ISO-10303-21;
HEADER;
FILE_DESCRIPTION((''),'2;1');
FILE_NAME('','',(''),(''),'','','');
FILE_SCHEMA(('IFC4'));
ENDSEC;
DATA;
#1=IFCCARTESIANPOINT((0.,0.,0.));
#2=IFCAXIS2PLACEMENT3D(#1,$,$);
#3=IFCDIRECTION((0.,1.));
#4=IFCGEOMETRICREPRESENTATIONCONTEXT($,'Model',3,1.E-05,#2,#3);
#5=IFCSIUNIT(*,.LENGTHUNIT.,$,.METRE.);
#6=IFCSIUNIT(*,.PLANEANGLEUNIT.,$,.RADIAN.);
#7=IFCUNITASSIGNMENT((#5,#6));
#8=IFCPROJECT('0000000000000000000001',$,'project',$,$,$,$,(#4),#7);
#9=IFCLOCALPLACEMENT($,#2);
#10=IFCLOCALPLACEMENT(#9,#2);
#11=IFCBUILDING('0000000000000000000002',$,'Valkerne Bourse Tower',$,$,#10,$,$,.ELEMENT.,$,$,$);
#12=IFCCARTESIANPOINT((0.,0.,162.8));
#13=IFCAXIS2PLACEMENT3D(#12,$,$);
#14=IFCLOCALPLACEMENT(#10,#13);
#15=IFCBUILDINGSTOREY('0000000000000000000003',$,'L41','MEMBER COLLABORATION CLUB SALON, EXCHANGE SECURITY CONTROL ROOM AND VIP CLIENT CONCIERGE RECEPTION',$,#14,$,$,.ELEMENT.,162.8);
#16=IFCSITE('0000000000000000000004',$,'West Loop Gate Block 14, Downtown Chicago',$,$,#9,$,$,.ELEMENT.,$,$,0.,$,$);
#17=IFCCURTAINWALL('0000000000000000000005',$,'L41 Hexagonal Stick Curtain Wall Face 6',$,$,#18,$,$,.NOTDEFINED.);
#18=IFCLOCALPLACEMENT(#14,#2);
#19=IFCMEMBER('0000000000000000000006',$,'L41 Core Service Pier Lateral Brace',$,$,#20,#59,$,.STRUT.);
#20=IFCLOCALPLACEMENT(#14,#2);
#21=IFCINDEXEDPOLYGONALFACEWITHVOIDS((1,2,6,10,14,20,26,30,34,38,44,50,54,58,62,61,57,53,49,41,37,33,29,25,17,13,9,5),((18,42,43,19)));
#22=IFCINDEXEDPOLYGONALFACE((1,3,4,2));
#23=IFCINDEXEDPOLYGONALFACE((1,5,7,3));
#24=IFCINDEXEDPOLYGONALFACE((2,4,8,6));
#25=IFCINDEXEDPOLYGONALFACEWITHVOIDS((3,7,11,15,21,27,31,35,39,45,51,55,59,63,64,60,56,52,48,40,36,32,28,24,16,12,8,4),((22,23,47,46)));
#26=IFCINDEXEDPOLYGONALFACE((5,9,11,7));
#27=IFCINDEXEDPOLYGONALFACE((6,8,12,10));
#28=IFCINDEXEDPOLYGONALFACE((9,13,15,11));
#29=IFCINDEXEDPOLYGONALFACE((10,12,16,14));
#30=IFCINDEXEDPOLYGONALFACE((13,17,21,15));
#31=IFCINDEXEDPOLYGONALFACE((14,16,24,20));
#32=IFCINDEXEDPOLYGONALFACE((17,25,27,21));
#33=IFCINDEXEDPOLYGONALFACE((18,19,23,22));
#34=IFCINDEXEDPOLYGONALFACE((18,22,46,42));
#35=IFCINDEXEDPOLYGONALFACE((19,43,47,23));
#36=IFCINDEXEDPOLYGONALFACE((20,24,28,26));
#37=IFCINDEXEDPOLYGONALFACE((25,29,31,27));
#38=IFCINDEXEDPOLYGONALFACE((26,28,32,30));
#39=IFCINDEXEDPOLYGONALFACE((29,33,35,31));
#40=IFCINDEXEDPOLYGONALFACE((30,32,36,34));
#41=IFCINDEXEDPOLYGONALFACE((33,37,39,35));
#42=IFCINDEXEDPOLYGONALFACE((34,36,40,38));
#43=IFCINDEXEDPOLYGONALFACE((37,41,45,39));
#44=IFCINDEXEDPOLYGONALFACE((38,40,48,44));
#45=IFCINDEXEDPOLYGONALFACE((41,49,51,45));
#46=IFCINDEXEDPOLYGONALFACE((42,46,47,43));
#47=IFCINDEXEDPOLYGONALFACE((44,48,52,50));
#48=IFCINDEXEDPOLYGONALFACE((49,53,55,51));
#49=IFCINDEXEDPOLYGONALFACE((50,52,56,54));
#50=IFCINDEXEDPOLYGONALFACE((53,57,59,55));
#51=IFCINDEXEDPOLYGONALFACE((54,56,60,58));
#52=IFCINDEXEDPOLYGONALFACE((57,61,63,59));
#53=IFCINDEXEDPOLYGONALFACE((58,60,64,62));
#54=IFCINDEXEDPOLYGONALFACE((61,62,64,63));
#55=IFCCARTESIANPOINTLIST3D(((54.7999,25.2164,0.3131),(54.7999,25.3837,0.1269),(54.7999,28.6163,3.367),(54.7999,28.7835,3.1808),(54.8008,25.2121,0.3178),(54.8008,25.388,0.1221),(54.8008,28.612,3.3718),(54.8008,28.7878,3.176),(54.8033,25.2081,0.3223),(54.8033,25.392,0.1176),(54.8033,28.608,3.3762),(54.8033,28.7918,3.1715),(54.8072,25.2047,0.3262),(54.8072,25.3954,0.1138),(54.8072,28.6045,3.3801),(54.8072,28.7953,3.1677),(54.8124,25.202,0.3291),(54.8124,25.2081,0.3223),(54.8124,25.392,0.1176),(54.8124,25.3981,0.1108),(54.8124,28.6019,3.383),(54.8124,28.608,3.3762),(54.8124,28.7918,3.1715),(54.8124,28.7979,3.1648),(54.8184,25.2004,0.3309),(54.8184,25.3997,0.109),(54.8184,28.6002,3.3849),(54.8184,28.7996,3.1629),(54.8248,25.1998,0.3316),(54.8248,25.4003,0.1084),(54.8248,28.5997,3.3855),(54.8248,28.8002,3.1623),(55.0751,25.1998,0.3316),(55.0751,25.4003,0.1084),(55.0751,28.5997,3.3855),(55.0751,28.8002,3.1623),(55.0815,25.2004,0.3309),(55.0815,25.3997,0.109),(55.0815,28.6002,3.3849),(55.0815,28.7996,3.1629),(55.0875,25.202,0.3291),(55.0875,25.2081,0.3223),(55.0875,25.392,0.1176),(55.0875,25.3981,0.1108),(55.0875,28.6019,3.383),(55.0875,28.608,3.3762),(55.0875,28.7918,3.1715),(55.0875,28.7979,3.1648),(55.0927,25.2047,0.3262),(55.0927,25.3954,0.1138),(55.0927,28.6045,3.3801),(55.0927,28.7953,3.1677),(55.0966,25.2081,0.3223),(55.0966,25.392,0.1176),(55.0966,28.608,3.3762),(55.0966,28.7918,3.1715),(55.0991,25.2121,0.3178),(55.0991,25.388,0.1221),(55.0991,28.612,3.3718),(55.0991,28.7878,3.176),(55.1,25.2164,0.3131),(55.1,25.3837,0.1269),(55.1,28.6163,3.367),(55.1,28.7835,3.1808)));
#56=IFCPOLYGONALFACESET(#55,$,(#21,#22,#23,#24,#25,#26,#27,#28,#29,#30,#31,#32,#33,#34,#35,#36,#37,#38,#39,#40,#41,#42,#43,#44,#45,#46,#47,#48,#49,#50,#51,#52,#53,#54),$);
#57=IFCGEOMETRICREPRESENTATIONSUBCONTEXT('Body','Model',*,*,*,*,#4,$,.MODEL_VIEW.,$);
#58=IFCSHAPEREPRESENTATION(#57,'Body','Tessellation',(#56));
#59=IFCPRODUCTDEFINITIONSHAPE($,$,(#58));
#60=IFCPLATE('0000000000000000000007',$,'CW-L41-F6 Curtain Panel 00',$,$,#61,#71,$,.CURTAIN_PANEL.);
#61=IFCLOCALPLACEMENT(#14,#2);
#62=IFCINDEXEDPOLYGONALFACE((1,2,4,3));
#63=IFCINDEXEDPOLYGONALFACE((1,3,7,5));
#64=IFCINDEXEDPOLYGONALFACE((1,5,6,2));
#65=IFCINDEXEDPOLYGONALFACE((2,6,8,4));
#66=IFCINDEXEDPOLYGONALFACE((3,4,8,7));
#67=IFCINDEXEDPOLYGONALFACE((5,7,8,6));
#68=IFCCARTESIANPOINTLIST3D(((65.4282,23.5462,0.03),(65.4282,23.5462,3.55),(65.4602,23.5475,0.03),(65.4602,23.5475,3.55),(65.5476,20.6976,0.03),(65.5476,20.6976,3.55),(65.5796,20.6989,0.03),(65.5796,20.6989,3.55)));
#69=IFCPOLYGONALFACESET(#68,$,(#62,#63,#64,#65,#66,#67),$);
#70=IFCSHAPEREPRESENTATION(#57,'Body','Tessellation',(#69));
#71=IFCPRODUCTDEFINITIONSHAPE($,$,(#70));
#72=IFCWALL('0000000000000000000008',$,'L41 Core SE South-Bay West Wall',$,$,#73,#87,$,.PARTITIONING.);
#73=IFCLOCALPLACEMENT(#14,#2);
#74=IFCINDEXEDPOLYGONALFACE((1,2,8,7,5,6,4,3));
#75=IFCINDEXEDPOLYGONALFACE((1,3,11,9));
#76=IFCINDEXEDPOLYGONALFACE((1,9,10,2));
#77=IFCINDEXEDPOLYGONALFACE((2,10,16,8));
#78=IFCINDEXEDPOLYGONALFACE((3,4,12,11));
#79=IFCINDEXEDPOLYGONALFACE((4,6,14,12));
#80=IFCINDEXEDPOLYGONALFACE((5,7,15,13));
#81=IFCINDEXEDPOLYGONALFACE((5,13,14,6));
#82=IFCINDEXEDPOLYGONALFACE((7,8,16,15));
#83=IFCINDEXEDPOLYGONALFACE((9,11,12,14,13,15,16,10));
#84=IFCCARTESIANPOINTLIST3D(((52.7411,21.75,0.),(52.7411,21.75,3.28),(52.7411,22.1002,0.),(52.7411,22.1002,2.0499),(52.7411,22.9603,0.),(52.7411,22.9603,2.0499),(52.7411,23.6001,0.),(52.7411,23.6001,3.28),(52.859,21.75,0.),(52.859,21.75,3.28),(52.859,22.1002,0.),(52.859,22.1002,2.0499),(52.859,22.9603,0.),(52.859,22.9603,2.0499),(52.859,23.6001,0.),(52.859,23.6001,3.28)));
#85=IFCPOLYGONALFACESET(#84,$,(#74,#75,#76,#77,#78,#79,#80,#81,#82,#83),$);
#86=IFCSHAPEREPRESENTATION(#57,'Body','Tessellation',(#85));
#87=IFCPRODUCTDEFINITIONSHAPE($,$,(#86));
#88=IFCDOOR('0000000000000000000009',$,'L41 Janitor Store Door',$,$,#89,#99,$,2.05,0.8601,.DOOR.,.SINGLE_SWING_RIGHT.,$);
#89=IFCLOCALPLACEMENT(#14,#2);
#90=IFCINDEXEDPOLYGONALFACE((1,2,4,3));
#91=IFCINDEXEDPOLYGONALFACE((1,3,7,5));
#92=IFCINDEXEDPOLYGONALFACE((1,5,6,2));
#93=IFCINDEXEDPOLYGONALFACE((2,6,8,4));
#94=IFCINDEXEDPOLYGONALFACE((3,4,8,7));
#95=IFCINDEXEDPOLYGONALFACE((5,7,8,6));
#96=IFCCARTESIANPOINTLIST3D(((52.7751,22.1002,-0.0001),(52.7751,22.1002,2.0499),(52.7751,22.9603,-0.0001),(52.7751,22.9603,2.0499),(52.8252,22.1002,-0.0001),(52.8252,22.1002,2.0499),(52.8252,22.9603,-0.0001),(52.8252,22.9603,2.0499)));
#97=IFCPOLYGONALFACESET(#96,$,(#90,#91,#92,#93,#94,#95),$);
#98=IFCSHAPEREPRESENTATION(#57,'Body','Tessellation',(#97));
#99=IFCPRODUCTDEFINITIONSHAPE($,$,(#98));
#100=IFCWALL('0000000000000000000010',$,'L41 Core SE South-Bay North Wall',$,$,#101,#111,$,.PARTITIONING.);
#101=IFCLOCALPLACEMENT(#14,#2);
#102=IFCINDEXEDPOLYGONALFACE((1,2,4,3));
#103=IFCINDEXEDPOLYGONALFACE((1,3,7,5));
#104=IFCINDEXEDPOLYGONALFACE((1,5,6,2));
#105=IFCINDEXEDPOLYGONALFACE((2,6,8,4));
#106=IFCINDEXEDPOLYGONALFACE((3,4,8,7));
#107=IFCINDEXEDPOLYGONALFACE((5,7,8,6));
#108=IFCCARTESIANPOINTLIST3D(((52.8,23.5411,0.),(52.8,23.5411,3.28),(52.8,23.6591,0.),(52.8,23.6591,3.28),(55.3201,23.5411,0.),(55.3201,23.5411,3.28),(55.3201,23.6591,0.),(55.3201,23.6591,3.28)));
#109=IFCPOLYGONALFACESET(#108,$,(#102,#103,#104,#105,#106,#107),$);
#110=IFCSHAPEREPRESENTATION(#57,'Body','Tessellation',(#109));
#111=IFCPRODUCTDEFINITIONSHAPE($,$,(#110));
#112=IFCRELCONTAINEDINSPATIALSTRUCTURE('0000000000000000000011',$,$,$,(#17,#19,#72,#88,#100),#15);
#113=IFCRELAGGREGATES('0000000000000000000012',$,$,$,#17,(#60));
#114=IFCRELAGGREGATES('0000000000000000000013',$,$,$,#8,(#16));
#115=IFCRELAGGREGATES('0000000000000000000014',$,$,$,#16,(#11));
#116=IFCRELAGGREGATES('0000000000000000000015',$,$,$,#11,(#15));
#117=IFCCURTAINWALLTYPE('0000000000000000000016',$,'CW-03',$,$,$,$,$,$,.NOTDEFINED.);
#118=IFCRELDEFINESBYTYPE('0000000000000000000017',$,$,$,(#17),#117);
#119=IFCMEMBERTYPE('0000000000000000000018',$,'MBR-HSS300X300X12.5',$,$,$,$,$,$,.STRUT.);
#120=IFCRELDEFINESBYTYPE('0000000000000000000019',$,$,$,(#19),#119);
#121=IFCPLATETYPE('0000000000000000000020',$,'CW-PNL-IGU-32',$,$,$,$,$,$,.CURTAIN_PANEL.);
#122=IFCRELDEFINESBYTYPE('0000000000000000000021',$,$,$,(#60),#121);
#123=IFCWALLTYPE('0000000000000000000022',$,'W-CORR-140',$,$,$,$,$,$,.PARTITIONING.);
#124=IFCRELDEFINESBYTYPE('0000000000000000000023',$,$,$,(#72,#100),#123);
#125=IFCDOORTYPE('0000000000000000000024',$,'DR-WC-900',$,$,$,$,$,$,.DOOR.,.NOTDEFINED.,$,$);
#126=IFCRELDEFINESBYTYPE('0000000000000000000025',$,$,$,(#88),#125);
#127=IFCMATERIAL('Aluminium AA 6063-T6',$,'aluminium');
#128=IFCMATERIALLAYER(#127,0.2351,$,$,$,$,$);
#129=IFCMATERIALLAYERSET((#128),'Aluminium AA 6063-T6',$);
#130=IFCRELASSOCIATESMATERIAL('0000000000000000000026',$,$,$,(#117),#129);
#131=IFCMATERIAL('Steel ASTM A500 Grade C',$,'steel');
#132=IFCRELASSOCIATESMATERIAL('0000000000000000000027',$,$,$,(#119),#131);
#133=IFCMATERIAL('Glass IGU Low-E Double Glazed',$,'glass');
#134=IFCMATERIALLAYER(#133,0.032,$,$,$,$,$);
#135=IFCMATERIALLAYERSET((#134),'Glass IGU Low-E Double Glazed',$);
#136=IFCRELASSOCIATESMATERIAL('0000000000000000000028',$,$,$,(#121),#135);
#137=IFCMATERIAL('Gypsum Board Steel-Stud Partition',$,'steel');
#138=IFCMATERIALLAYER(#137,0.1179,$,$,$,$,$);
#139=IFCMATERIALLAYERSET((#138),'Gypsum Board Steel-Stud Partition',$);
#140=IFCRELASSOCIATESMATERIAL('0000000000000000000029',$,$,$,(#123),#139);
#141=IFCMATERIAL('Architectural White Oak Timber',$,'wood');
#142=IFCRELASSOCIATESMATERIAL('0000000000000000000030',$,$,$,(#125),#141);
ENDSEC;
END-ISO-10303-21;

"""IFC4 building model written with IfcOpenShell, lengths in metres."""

from ifc_helpers import new_model, si_unit, direction, frame, frame_2d, origin, origin_2d, place, context, subcontext, project, spatial, rectangle, hollow_rectangle, extrude, material, layer, layer_set, material_profile, profile_set, type_object, element, fill, aggregate, save


model = new_model("IFC4")

# Units and contexts
model_context = context("Model", 3, precision=1e-05, world=origin(), true_north=direction((0.0, 1.0)))
body_context = subcontext(model_context, "Body", "Model", "MODEL_VIEW")
ifc_project = project(units=[si_unit("LENGTHUNIT", "METRE"), si_unit("PLANEANGLEUNIT", "RADIAN")], contexts=[model_context])

# Site, building, storey
site_placement = place(None, origin())
site = spatial("IfcSite", under=ifc_project, at=site_placement, Name="West Loop Gate Block 14, Downtown Chicago", CompositionType="ELEMENT", RefElevation=0.0)
building_placement = place(site_placement, origin())
building = spatial("IfcBuilding", under=site, at=building_placement, Name="Valkerne Bourse Tower", CompositionType="ELEMENT")
storey_placement = place(building_placement, frame((0.0, 0.0, 162.8)))
storey = spatial("IfcBuildingStorey", under=building, at=storey_placement, Name="L41", Description="MEMBER COLLABORATION CLUB SALON, EXCHANGE SECURITY CONTROL ROOM AND VIP CLIENT CONCIERGE RECEPTION", CompositionType="ELEMENT", Elevation=162.8)

# Curtain wall
ifc_material_1 = material(Name="Aluminium AA 6063-T6", Category="aluminium")
ifc_layer_1 = layer(ifc_material_1, 0.2351)
ifc_layer_set_1 = layer_set([ifc_layer_1], Name="Aluminium AA 6063-T6")
curtain_wall_type = type_object("IfcCurtainWallType", Name="CW-03", PredefinedType="NOTDEFINED", material=ifc_layer_set_1)
curtain_wall_placement = place(storey_placement, origin())
curtain_wall = element("IfcCurtainWall", 1, at=curtain_wall_placement, inside=storey, type_object=curtain_wall_type, Name="L41 Hexagonal Stick Curtain Wall Face 6", PredefinedType="NOTDEFINED")

# Member
ifc_material_2 = material(Name="Steel ASTM A500 Grade C", Category="steel")
ifc_material_profile_1 = material_profile(ifc_material_2, hollow_rectangle(XDim=0.3, YDim=0.3, WallThickness=0.0125, OuterFilletRadius=0.0249, at=origin_2d()), Name="HSS300X300X12.5")
ifc_profile_set_1 = profile_set([ifc_material_profile_1], Name="Steel ASTM A500 Grade C")
member_type_1 = type_object("IfcMemberType", Name="MBR-HSS300X300X12.5", PredefinedType="STRUT", material=ifc_profile_set_1)
member_1_placement = place(storey_placement, frame((54.95, 25.3, 0.22), z_axis=(0.0, 0.743942, 0.668244), x_axis=(-1.0, 0.0, 0.0)))
element("IfcMember", 2, at=member_1_placement, inside=storey, type_object=member_type_1, Name="L41 Core Service Pier Lateral Brace", PredefinedType="STRUT", context=body_context, shape_type="SweptSolid", body=[
    extrude(hollow_rectangle(XDim=0.3, YDim=0.3, WallThickness=0.0125, OuterFilletRadius=0.0249, at=origin_2d()), origin(), (0.0, 0.0, 1.0), 4.5701),
])

# Plate
ifc_material_3 = material(Name="Glass IGU Low-E Double Glazed", Category="glass")
ifc_layer_2 = layer(ifc_material_3, 0.032)
ifc_layer_set_2 = layer_set([ifc_layer_2], Name="Glass IGU Low-E Double Glazed")
plate_type = type_object("IfcPlateType", Name="CW-PNL-IGU-32", PredefinedType="CURTAIN_PANEL", material=ifc_layer_set_2)
plate_placement = place(storey_placement, frame((65.5039, 22.1226, 0.03), z_axis=(0.0, 0.0, 1.0), x_axis=(-0.041872, 0.999123, 0.0)))
plate = element("IfcPlate", 3, at=plate_placement, type_object=plate_type, Name="CW-L41-F6 Curtain Panel 00", PredefinedType="CURTAIN_PANEL", context=body_context, shape_type="SweptSolid", body=[
    extrude(rectangle(XDim=2.8511, YDim=0.032, at=origin_2d()), origin(), (0.0, 0.0, 1.0), 3.52),
])
aggregate(curtain_wall, [plate])

# Wall, opening, door
ifc_material_4 = material(Name="Gypsum Board Steel-Stud Partition", Category="steel")
ifc_layer_3 = layer(ifc_material_4, 0.1179)
ifc_layer_set_3 = layer_set([ifc_layer_3], Name="Gypsum Board Steel-Stud Partition")
wall_type = type_object("IfcWallType", Name="W-CORR-140", PredefinedType="PARTITIONING", material=ifc_layer_set_3)
wall_1_placement = place(storey_placement, frame((52.8, 21.75, 0.0), z_axis=(0.0, 0.0, 1.0), x_axis=(0.0, 1.0, 0.0)))
wall_1 = element("IfcWall", 4, at=wall_1_placement, inside=storey, type_object=wall_type, Name="L41 Core SE South-Bay West Wall", PredefinedType="PARTITIONING", context=body_context, shape_type="SweptSolid", body=[
    extrude(rectangle(XDim=1.8501, YDim=0.1179, at=frame_2d((0.925, 0.0))), origin(), (0.0, 0.0, 1.0), 3.28),
])
opening_placement = place(wall_1_placement, frame((0.3501, 0.0, 0.0)))
opening = element("IfcOpeningElement", 5, at=opening_placement, cuts=wall_1, PredefinedType="OPENING", context=body_context, shape_type="SweptSolid", body=[
    extrude(rectangle(XDim=0.8601, YDim=2.05, at=frame_2d((0.4302, 1.0249))), frame((0.0, 0.0688, 0.0), z_axis=(0.0, -1.0, 0.0), x_axis=(1.0, 0.0, 0.0)), (0.0, 0.0, 1.0), 0.1379),
])
ifc_material_5 = material(Name="Architectural White Oak Timber", Category="wood")
door_type = type_object("IfcDoorType", Name="DR-WC-900", OperationType="NOTDEFINED", PredefinedType="DOOR", material=ifc_material_5)
door_placement = place(opening_placement, origin())
door = element("IfcDoor", 6, at=door_placement, inside=storey, type_object=door_type, Name="L41 Janitor Store Door", OperationType="SINGLE_SWING_RIGHT", OverallHeight=2.05, OverallWidth=0.8601, PredefinedType="DOOR", context=body_context, shape_type="SweptSolid", body=[
    extrude(rectangle(XDim=0.8601, YDim=2.05, at=frame_2d((0.4302, 1.0249))), frame((0.0, 0.0249, 0.0), z_axis=(0.0, -1.0, 0.0), x_axis=(1.0, 0.0, 0.0)), (0.0, 0.0, 1.0), 0.05),
])
fill(opening, door)

# Wall
wall_2_placement = place(storey_placement, frame((52.8, 23.6001, 0.0), z_axis=(0.0, 0.0, 1.0), x_axis=(1.0, 0.0, 0.0)))
element("IfcWall", 7, at=wall_2_placement, inside=storey, type_object=wall_type, Name="L41 Core SE South-Bay North Wall", PredefinedType="PARTITIONING", context=body_context, shape_type="SweptSolid", body=[
    extrude(rectangle(XDim=2.52, YDim=0.1179, at=frame_2d((1.26, 0.0))), origin(), (0.0, 0.0, 1.0), 3.28),
])

save(model, "model.ifc")
